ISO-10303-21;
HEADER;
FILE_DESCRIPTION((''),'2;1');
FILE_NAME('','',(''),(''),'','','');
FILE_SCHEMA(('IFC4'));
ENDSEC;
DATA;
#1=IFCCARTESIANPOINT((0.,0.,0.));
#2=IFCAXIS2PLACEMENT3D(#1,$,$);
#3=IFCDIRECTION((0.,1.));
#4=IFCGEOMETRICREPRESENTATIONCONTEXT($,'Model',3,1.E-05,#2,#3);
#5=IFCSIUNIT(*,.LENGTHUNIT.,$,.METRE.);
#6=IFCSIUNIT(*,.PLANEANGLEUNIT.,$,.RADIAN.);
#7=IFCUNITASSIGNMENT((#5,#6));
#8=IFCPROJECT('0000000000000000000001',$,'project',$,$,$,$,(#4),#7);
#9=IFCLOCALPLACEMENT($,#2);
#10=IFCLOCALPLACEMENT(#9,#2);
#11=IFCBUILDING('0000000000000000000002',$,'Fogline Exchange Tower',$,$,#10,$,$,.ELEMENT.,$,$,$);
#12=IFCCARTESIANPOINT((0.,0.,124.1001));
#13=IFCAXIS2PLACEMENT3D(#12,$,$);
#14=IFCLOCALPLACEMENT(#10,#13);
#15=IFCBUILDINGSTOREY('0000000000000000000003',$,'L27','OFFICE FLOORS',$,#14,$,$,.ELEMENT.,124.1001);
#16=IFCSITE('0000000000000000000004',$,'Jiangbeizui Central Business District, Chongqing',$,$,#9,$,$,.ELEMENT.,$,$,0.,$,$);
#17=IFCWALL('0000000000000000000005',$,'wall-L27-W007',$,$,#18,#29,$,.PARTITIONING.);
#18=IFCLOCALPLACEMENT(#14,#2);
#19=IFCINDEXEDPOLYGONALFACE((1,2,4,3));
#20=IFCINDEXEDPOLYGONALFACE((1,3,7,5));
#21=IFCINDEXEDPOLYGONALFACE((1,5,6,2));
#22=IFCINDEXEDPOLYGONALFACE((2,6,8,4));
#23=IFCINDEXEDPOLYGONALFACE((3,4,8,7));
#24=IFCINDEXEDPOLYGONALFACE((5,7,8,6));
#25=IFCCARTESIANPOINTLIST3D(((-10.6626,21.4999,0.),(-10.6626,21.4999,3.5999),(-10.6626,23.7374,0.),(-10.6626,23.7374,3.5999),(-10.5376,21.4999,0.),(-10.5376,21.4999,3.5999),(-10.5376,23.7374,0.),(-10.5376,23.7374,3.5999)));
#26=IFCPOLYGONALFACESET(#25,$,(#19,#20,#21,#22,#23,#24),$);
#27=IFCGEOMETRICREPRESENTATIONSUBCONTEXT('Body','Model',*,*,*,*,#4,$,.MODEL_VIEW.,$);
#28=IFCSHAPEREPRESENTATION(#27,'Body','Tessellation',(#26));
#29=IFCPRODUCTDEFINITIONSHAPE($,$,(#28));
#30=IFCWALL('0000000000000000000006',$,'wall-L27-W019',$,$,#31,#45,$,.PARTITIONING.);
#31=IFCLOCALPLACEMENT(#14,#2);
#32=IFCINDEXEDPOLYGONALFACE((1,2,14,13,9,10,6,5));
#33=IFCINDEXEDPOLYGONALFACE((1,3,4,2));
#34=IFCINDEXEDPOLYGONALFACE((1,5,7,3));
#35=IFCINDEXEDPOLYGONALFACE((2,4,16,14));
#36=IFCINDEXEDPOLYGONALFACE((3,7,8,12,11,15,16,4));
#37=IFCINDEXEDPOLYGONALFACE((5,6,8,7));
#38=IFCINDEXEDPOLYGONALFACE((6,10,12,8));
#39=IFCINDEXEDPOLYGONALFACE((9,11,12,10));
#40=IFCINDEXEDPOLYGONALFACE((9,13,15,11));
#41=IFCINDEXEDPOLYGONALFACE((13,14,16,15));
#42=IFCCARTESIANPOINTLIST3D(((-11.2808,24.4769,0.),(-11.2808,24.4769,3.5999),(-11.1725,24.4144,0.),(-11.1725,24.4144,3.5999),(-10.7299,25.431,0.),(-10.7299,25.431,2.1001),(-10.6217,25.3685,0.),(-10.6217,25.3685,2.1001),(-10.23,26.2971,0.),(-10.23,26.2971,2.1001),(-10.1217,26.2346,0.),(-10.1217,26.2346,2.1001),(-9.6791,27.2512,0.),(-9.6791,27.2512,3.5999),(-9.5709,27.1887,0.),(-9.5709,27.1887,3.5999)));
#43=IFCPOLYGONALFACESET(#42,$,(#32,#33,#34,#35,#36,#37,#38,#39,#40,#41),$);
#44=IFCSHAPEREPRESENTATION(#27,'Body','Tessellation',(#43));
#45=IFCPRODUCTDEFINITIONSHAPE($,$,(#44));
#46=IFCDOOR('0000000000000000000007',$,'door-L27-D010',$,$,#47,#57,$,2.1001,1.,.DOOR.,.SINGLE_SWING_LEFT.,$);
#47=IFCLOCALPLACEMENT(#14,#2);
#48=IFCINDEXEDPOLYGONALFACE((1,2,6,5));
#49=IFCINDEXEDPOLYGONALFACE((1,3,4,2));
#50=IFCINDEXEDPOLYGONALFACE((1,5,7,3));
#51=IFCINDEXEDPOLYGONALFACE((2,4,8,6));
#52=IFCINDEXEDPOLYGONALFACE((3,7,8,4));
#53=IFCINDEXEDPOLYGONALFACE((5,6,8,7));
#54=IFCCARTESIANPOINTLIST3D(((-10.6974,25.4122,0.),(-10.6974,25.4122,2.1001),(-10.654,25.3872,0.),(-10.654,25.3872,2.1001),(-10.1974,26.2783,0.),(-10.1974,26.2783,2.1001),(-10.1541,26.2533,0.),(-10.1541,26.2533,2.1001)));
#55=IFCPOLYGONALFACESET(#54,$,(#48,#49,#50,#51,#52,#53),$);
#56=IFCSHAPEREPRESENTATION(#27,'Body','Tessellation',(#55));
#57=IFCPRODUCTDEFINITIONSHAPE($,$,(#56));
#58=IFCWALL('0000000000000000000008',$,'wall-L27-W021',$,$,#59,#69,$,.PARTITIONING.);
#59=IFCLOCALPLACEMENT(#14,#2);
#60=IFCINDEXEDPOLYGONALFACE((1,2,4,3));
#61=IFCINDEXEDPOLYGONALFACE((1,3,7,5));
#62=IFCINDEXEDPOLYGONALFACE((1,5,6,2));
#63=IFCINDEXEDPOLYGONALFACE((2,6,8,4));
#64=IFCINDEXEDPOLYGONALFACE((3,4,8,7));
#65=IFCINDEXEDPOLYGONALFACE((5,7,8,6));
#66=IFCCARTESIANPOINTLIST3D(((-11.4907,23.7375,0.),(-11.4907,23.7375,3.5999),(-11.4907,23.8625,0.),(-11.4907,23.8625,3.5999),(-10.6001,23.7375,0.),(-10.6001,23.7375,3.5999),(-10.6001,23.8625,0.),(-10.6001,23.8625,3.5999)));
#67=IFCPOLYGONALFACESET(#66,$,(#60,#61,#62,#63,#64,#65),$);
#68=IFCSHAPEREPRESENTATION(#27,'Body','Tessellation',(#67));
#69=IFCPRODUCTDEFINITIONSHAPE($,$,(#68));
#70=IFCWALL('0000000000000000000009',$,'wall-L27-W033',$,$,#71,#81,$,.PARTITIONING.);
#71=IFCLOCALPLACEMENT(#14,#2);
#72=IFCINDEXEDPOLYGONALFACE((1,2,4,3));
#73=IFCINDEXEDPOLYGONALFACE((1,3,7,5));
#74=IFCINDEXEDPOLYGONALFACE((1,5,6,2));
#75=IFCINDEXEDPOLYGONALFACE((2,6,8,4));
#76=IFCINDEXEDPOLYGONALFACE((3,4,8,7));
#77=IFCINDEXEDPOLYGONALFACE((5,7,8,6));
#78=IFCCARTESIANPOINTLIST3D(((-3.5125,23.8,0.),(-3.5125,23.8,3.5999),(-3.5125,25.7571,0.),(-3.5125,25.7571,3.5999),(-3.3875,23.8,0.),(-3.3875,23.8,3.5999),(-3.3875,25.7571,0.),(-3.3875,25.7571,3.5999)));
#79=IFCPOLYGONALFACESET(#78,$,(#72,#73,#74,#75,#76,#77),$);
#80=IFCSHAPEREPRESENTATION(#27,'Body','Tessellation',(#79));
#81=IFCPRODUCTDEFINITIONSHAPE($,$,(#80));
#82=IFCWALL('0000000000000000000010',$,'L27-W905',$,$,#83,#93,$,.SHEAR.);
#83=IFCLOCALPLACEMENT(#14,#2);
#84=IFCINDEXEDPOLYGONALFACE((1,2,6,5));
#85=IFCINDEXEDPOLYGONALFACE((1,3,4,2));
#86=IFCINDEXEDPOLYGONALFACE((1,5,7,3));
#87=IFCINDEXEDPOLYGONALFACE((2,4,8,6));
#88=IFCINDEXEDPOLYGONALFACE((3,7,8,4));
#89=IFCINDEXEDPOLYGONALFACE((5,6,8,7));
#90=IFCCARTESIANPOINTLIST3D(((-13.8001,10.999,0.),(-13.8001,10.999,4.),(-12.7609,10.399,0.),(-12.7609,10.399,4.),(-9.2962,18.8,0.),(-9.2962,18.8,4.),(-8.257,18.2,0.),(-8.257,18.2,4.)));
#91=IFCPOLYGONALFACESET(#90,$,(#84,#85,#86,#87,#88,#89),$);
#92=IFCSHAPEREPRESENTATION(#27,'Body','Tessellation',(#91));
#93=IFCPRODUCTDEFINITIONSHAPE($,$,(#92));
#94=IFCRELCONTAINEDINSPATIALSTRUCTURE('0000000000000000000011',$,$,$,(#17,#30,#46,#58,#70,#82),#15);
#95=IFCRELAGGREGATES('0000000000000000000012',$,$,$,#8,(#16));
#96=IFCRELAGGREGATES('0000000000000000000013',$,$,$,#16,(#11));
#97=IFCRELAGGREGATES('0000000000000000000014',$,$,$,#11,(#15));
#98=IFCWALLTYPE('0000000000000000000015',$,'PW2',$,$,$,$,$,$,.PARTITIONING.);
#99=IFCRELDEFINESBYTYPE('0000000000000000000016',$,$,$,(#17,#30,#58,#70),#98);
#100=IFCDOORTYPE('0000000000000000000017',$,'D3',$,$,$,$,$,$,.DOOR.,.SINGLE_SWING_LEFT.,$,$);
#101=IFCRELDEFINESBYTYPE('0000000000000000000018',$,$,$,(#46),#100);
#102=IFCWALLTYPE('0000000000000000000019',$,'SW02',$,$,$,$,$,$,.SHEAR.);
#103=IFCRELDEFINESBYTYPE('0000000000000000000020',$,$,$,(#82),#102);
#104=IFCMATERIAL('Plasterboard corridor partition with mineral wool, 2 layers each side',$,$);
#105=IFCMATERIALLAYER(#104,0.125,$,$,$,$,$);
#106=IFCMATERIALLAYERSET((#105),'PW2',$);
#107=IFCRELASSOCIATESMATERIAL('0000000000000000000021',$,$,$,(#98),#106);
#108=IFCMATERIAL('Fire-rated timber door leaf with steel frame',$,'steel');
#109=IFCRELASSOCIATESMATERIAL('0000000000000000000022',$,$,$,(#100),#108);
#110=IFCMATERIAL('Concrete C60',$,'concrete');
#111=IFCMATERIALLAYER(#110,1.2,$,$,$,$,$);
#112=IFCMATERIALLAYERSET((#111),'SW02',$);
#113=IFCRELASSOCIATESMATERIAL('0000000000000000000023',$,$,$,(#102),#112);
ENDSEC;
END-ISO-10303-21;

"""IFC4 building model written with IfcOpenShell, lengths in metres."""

from ifc_helpers import new_model, si_unit, direction, frame, frame_2d, origin, place, context, subcontext, project, spatial, rectangle, extrude, material, layer, layer_set, type_object, element, fill, save


model = new_model("IFC4")

# Units and contexts
model_context = context("Model", 3, precision=1e-05, world=origin(), true_north=direction((0.0, 1.0)))
body_context = subcontext(model_context, "Body", "Model", "MODEL_VIEW")
ifc_project = project(units=[si_unit("LENGTHUNIT", "METRE"), si_unit("PLANEANGLEUNIT", "RADIAN")], contexts=[model_context])

# Site, building, storey
site_placement = place(None, origin())
site = spatial("IfcSite", under=ifc_project, at=site_placement, Name="Jiangbeizui Central Business District, Chongqing", CompositionType="ELEMENT", RefElevation=0.0)
building_placement = place(site_placement, origin())
building = spatial("IfcBuilding", under=site, at=building_placement, Name="Fogline Exchange Tower", CompositionType="ELEMENT")
storey_placement = place(building_placement, frame((0.0, 0.0, 124.1001)))
storey = spatial("IfcBuildingStorey", under=building, at=storey_placement, Name="L27", Description="OFFICE FLOORS", CompositionType="ELEMENT", Elevation=124.1001)

# Shared definitions
ifc_material_1 = material(Name="Plasterboard corridor partition with mineral wool, 2 layers each side")
ifc_layer_1 = layer(ifc_material_1, 0.125)
ifc_layer_set_1 = layer_set([ifc_layer_1], Name="PW2")
wall_type_1 = type_object("IfcWallType", Name="PW2", PredefinedType="PARTITIONING", material=ifc_layer_set_1)

# Wall
wall_1_placement = place(storey_placement, frame((-10.6001, 21.5, 0.0), z_axis=(0.0, 0.0, 1.0), x_axis=(0.0, 1.0, 0.0)))
element("IfcWall", 1, at=wall_1_placement, inside=storey, type_object=wall_type_1, Name="wall-L27-W007", PredefinedType="PARTITIONING", context=body_context, shape_type="SweptSolid", body=[
    extrude(rectangle(XDim=2.2375, YDim=0.125, at=frame_2d((1.1187, 0.0))), origin(), (0.0, 0.0, 1.0), 3.5999),
])

# Wall, opening, door
wall_2_placement = place(storey_placement, frame((-11.2266, 24.4458, 0.0), z_axis=(0.0, 0.0, 1.0), x_axis=(0.499975, 0.86604, 0.0)))
wall_2 = element("IfcWall", 2, at=wall_2_placement, inside=storey, type_object=wall_type_1, Name="wall-L27-W019", PredefinedType="PARTITIONING", context=body_context, shape_type="SweptSolid", body=[
    extrude(rectangle(XDim=3.2034, YDim=0.125, at=frame_2d((1.6016, 0.0))), origin(), (0.0, 0.0, 1.0), 3.5999),
])
opening_1_placement = place(wall_2_placement, frame((1.1016, 0.0, 0.0)))
opening_1 = element("IfcOpeningElement", 3, at=opening_1_placement, cuts=wall_2, PredefinedType="OPENING", context=body_context, shape_type="SweptSolid", body=[
    extrude(rectangle(XDim=1.0, YDim=2.1001, at=frame_2d((0.5, 1.05))), frame((0.0, 0.0725, 0.0), z_axis=(0.0, -1.0, 0.0), x_axis=(1.0, 0.0, 0.0)), (0.0, 0.0, 1.0), 0.145),
])
ifc_material_2 = material(Name="Fire-rated timber door leaf with steel frame", Category="steel")
door_type_1 = type_object("IfcDoorType", Name="D3", OperationType="SINGLE_SWING_LEFT", PredefinedType="DOOR", material=ifc_material_2)
door_1_placement = place(opening_1_placement, origin())
door_1 = element("IfcDoor", 4, at=door_1_placement, inside=storey, type_object=door_type_1, Name="door-L27-D010", OperationType="SINGLE_SWING_LEFT", OverallHeight=2.1001, OverallWidth=1.0, PredefinedType="DOOR", context=body_context, shape_type="SweptSolid", body=[
    extrude(rectangle(XDim=1.0, YDim=2.1001, at=frame_2d((0.5, 1.05))), frame((0.0, 0.0249, 0.0), z_axis=(0.0, -1.0, 0.0), x_axis=(1.0, 0.0, 0.0)), (0.0, 0.0, 1.0), 0.05),
])
fill(opening_1, door_1)

# Walls
wall_3_placement = place(storey_placement, frame((-10.6001, 23.8, 0.0), z_axis=(0.0, 0.0, 1.0), x_axis=(-1.0, 0.0, 0.0)))
element("IfcWall", 5, at=wall_3_placement, inside=storey, type_object=wall_type_1, Name="wall-L27-W021", PredefinedType="PARTITIONING", context=body_context, shape_type="SweptSolid", body=[
    extrude(rectangle(XDim=0.8906, YDim=0.125, at=frame_2d((0.4453, 0.0))), origin(), (0.0, 0.0, 1.0), 3.5999),
])
wall_4_placement = place(storey_placement, frame((-3.45, 25.7571, 0.0), z_axis=(0.0, 0.0, 1.0), x_axis=(0.0, -1.0, 0.0)))
element("IfcWall", 6, at=wall_4_placement, inside=storey, type_object=wall_type_1, Name="wall-L27-W033", PredefinedType="PARTITIONING", context=body_context, shape_type="SweptSolid", body=[
    extrude(rectangle(XDim=1.957, YDim=0.125, at=frame_2d((0.9785, 0.0))), origin(), (0.0, 0.0, 1.0), 3.5999),
])
ifc_material_3 = material(Name="Concrete C60", Category="concrete")
ifc_layer_2 = layer(ifc_material_3, 1.2)
ifc_layer_set_2 = layer_set([ifc_layer_2], Name="SW02")
wall_type_2 = type_object("IfcWallType", Name="SW02", PredefinedType="SHEAR", material=ifc_layer_set_2)
wall_5_placement = place(storey_placement, frame((-8.7766, 18.5, 0.0), z_axis=(0.0, 0.0, 1.0), x_axis=(-0.499999, -0.866026, 0.0)))
element("IfcWall", 7, at=wall_5_placement, inside=storey, type_object=wall_type_2, Name="L27-W905", PredefinedType="SHEAR", context=body_context, shape_type="SweptSolid", body=[
    extrude(rectangle(XDim=9.0078, YDim=1.2, at=frame_2d((4.5039, 0.0))), origin(), (0.0, 0.0, 1.0), 4.0),
])

save(model, "model.ifc")
